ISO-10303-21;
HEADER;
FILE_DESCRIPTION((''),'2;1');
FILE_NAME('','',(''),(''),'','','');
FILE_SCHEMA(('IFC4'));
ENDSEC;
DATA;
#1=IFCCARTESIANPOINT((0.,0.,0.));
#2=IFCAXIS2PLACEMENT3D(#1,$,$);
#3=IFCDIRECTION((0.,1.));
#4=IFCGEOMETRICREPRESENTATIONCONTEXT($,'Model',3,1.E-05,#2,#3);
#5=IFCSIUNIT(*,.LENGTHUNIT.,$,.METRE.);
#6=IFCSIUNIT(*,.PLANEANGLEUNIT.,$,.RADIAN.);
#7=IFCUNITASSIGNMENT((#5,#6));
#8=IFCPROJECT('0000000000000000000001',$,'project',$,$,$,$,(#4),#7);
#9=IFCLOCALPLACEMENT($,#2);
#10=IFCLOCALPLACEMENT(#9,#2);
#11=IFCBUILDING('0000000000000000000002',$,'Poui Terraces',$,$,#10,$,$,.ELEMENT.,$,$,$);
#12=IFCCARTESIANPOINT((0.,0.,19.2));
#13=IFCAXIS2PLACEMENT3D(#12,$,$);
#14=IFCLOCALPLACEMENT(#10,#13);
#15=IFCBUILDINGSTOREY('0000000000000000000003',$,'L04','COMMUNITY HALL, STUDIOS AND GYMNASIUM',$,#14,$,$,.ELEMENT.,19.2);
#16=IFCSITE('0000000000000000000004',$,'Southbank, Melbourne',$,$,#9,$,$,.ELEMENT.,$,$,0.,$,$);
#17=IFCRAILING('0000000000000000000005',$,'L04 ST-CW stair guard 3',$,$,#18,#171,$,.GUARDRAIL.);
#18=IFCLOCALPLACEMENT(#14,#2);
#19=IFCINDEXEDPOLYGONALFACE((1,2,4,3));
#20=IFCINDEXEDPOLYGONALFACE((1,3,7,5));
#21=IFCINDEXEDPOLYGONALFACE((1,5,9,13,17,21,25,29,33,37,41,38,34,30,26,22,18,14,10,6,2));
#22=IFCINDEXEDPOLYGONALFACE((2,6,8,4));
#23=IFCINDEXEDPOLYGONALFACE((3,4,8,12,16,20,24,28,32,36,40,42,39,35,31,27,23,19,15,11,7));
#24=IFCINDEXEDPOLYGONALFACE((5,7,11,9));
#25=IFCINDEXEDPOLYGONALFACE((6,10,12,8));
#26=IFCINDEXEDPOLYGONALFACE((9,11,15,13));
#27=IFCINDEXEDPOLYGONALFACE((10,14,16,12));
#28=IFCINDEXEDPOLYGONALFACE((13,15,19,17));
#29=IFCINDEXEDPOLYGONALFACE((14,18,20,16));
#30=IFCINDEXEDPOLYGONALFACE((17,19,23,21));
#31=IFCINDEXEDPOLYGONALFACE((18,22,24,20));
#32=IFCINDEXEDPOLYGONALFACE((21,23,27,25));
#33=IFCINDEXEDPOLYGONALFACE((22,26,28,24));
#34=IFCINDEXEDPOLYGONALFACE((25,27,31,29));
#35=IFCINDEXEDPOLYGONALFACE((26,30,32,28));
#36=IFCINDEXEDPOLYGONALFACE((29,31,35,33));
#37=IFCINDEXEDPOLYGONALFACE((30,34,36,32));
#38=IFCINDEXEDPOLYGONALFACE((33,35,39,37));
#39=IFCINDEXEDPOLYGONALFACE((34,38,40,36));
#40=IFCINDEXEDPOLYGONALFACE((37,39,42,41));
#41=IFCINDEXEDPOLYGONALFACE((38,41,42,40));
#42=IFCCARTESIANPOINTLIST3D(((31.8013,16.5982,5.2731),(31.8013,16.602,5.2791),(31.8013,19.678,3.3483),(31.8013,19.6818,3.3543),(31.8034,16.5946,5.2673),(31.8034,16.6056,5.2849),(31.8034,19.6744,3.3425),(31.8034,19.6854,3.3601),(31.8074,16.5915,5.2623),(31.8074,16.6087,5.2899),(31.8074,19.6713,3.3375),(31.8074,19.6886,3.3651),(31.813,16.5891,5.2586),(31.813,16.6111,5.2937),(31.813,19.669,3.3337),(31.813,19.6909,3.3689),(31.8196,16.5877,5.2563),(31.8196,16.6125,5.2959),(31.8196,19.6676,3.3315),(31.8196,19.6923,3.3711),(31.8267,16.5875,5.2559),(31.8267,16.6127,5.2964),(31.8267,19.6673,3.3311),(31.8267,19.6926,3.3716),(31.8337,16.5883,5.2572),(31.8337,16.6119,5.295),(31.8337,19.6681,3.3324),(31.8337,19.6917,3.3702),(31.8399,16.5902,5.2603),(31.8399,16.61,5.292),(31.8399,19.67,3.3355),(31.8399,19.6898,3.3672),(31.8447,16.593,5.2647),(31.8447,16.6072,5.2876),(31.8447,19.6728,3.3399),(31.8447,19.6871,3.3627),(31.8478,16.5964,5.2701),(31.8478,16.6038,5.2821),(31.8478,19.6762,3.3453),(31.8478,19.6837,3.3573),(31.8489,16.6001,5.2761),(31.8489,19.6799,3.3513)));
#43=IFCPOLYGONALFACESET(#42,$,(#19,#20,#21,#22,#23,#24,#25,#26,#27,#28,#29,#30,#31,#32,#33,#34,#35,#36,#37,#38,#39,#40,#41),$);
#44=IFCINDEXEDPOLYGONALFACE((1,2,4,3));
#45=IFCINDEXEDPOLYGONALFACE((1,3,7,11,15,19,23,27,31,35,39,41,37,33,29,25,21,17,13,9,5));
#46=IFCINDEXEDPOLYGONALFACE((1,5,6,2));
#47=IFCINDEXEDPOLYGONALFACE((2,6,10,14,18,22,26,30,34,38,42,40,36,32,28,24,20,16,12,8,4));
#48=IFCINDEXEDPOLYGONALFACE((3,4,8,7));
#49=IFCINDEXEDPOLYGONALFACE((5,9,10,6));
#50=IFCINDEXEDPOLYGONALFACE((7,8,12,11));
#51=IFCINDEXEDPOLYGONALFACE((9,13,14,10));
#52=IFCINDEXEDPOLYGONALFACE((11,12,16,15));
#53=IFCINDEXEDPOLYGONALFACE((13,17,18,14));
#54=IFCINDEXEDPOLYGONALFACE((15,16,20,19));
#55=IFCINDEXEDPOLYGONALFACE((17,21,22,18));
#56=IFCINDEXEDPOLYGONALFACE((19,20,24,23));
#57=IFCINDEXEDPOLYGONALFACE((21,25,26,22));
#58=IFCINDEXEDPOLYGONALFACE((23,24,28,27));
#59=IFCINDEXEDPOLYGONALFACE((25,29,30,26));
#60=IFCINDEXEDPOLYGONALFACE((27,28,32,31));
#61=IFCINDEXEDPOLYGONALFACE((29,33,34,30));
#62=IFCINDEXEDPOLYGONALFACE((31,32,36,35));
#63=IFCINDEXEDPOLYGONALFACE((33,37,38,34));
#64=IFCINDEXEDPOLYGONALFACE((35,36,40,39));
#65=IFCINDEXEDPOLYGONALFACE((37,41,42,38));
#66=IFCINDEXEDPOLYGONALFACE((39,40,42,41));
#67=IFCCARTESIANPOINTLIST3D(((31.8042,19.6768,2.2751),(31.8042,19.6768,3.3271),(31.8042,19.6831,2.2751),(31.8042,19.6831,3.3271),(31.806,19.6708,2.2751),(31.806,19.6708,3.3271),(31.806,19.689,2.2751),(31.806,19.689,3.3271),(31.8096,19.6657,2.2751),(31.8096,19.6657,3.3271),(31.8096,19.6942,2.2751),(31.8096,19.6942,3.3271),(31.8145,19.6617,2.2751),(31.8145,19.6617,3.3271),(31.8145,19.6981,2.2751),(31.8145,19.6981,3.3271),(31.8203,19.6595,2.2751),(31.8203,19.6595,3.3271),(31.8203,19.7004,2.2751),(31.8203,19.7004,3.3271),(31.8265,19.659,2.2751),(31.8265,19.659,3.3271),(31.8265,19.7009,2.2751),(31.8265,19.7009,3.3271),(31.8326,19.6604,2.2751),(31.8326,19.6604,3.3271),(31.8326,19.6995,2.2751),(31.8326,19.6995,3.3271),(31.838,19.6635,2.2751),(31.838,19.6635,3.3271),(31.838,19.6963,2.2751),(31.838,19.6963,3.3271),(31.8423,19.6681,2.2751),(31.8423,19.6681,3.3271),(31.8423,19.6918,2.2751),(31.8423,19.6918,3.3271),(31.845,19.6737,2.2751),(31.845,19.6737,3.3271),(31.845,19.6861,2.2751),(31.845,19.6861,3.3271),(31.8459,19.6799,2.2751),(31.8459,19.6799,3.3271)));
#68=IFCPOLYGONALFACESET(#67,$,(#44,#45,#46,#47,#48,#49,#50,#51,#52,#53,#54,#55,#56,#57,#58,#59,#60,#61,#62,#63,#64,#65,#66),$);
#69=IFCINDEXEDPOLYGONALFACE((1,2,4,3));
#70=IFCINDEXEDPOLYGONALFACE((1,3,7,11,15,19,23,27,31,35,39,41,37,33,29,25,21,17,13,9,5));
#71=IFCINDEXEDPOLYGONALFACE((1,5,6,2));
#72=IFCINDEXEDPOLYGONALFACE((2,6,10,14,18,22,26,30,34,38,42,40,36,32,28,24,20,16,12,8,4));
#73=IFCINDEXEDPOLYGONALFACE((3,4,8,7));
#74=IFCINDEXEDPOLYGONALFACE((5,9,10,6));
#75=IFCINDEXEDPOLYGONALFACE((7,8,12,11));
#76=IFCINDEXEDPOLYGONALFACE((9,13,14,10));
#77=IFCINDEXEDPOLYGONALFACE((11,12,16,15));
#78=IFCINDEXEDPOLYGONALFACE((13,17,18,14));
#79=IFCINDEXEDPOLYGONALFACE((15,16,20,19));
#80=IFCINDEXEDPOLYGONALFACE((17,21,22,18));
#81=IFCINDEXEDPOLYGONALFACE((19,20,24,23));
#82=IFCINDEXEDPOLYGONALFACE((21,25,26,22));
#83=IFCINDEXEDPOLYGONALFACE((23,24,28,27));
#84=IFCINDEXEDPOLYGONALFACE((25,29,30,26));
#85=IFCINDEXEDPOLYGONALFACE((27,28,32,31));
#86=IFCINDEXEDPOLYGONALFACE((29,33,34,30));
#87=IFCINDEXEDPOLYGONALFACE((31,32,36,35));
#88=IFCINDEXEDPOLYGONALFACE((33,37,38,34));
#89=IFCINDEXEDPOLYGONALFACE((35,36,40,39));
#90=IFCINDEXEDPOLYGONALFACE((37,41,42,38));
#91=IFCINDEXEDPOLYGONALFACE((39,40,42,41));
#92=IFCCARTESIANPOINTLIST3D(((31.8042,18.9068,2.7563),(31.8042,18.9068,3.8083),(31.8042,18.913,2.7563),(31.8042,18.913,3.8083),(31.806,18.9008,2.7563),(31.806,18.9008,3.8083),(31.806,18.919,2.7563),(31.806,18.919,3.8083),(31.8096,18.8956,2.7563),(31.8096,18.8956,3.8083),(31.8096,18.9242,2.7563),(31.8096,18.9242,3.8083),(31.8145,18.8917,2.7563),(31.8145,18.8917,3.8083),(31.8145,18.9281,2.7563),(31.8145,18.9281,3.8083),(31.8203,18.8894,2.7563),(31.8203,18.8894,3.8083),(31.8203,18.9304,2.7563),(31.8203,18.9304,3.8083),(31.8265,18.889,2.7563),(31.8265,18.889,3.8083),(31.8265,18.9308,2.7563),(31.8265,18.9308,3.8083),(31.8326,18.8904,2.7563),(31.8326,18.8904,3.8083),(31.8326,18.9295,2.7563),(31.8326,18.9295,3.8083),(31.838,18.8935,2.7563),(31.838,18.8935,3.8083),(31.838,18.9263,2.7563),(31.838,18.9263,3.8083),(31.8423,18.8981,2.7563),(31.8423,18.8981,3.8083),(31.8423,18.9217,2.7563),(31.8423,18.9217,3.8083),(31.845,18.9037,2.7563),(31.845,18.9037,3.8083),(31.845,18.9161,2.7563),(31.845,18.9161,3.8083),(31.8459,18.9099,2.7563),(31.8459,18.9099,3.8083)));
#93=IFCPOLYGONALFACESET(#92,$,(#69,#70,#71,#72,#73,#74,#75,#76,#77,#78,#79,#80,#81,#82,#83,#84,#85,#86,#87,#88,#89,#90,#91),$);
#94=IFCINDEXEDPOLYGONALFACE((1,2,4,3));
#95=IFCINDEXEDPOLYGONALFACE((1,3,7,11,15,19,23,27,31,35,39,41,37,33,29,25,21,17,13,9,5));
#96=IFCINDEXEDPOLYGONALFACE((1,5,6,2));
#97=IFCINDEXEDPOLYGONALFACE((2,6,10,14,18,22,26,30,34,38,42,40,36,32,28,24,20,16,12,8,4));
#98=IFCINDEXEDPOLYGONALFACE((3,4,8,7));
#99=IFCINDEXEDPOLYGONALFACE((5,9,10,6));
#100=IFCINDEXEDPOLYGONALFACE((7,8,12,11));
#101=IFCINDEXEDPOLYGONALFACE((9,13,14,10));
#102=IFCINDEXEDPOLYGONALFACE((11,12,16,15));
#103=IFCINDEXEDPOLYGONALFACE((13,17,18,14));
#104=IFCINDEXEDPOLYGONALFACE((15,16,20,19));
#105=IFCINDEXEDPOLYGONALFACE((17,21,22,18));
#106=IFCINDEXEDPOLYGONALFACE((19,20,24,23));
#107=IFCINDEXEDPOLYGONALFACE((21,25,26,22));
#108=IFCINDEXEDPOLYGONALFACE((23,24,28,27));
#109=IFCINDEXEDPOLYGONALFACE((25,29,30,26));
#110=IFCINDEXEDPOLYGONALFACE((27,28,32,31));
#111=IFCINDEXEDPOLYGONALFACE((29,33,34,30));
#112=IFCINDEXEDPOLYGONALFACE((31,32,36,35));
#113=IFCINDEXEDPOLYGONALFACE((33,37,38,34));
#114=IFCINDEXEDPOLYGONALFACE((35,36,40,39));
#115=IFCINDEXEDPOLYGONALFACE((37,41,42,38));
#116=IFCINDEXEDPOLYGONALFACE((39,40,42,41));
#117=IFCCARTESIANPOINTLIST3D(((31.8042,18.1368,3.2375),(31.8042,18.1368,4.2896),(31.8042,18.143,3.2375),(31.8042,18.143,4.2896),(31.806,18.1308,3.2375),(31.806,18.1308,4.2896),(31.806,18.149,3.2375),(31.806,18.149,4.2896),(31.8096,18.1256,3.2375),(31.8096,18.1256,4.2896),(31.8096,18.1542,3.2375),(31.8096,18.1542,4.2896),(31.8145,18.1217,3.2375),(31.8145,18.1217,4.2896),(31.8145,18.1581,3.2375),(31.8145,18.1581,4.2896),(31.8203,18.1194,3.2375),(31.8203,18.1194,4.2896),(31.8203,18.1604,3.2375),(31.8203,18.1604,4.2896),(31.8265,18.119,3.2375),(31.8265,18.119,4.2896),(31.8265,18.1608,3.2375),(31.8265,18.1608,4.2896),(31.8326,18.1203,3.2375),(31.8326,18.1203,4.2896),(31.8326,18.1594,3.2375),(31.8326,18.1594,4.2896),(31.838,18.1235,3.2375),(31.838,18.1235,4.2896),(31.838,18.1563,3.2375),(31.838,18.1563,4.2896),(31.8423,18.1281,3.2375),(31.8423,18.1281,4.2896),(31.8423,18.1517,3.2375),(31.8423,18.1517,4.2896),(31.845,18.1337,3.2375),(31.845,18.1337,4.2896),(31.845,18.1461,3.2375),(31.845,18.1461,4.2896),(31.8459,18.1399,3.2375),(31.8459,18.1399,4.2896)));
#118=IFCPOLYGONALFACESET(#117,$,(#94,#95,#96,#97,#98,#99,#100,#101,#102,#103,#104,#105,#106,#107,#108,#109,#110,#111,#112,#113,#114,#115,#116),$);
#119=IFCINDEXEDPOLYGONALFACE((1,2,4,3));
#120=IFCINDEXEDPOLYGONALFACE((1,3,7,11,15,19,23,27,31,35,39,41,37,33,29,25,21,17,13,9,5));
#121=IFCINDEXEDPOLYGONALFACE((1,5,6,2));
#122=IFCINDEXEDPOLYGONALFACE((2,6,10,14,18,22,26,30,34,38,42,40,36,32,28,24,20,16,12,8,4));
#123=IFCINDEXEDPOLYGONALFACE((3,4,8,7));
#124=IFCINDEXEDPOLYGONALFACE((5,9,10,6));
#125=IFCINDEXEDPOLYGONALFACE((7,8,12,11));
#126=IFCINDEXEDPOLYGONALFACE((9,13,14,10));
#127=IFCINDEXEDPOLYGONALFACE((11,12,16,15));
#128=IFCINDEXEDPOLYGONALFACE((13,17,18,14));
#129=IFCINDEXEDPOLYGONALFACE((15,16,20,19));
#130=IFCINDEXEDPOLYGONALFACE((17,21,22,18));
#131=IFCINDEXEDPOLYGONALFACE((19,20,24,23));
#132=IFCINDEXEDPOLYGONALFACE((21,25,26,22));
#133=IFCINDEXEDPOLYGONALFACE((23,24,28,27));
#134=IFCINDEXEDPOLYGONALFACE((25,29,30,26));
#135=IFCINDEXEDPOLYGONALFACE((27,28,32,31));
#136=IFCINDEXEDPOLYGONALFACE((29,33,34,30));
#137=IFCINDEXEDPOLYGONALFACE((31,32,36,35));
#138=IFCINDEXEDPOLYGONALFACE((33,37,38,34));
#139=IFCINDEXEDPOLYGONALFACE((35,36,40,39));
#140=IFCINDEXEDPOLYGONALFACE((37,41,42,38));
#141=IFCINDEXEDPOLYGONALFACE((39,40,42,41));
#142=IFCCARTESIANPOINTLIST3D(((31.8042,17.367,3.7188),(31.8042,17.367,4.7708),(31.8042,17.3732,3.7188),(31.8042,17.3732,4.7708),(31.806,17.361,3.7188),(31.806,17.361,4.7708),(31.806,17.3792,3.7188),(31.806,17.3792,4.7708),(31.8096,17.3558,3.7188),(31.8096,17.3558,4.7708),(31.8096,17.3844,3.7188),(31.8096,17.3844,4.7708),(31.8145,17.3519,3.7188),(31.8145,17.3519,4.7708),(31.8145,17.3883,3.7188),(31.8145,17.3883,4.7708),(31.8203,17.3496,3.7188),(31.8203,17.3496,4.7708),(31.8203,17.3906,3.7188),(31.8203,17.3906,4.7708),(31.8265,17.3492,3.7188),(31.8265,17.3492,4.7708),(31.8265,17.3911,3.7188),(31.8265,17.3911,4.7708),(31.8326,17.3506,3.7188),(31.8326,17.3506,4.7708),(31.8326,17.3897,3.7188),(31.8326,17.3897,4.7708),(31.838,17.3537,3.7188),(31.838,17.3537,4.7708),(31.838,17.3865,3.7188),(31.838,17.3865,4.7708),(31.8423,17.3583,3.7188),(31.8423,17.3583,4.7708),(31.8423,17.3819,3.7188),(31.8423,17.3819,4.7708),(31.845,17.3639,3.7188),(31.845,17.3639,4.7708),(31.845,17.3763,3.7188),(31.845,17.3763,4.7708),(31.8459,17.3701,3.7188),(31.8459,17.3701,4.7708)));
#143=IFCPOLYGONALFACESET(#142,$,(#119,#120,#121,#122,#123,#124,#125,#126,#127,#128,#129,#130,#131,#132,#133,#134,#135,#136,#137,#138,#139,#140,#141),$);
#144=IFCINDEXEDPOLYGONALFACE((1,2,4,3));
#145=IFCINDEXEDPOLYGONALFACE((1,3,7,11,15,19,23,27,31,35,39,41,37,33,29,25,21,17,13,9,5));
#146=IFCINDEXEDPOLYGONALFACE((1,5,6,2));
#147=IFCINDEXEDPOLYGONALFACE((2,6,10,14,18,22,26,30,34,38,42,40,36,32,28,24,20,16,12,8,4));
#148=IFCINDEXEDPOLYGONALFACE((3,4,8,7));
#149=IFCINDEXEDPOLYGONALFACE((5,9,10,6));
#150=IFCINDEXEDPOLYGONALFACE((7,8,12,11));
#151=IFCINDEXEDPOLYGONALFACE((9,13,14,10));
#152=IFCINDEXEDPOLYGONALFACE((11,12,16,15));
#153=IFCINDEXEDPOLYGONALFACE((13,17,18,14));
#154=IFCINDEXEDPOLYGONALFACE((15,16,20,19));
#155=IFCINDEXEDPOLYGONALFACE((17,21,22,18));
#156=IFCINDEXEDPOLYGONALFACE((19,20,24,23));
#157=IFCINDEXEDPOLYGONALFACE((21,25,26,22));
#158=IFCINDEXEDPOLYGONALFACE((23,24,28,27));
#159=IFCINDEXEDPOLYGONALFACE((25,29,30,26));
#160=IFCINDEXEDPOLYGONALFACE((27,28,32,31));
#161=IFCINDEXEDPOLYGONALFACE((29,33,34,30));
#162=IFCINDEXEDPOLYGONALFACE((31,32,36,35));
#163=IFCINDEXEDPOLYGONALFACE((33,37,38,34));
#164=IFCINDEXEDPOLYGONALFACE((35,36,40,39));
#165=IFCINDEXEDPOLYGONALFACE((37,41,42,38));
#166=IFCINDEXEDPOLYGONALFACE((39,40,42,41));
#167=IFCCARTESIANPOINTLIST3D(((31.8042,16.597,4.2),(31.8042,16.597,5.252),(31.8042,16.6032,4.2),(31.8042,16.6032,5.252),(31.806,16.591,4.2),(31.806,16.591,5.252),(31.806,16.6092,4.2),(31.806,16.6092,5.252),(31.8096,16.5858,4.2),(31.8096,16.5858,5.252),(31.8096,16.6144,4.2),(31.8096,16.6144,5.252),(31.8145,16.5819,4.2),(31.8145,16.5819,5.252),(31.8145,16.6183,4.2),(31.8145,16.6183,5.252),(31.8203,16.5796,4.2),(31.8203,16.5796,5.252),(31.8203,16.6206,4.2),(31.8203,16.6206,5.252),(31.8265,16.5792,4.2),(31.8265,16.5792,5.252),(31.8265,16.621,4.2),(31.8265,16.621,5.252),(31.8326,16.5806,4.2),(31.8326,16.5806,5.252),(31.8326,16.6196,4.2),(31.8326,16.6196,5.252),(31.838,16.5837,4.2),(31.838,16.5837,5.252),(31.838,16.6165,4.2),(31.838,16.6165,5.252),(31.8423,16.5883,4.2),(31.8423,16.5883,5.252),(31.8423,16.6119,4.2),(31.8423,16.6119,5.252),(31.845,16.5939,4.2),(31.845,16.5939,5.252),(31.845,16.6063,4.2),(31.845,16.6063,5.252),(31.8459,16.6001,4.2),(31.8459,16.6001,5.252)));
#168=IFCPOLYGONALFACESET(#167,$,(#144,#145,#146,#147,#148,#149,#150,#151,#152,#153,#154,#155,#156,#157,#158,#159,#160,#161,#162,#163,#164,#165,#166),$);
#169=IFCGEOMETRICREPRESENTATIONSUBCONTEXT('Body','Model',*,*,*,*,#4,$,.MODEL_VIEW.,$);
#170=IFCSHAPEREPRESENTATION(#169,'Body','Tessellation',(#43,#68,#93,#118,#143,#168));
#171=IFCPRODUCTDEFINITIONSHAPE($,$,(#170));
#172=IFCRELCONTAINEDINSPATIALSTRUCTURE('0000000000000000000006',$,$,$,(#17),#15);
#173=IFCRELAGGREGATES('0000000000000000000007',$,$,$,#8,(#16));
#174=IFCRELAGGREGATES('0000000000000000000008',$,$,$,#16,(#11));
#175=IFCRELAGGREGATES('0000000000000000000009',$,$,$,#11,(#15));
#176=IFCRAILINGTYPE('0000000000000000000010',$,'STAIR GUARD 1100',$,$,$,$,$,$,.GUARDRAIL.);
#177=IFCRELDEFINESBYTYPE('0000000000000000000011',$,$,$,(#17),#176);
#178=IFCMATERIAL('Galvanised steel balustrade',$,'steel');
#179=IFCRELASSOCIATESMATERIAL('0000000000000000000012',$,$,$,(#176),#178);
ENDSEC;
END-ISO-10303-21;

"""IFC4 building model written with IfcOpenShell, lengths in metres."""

from ifc_helpers import new_model, si_unit, direction, frame, origin, origin_2d, place, context, subcontext, project, spatial, circle, extrude, material, type_object, element, save


model = new_model("IFC4")

# Units and contexts
model_context = context("Model", 3, precision=1e-05, world=origin(), true_north=direction((0.0, 1.0)))
body_context = subcontext(model_context, "Body", "Model", "MODEL_VIEW")
ifc_project = project(units=[si_unit("LENGTHUNIT", "METRE"), si_unit("PLANEANGLEUNIT", "RADIAN")], contexts=[model_context])

# Site, building, storey
site_placement = place(None, origin())
site = spatial("IfcSite", under=ifc_project, at=site_placement, Name="Southbank, Melbourne", CompositionType="ELEMENT", RefElevation=0.0)
building_placement = place(site_placement, origin())
building = spatial("IfcBuilding", under=site, at=building_placement, Name="Poui Terraces", CompositionType="ELEMENT")
storey_placement = place(building_placement, frame((0.0, 0.0, 19.2)))
storey = spatial("IfcBuildingStorey", under=building, at=storey_placement, Name="L04", Description="COMMUNITY HALL, STUDIOS AND GYMNASIUM", CompositionType="ELEMENT", Elevation=19.2)

# Railing
ifc_material_1 = material(Name="Galvanised steel balustrade", Category="steel")
railing_type_1 = type_object("IfcRailingType", Name="STAIR GUARD 1100", PredefinedType="GUARDRAIL", material=ifc_material_1)
railing_1_placement = place(storey_placement, frame((31.825, 19.6799, 2.2751)))
element("IfcRailing", 1, at=railing_1_placement, inside=storey, type_object=railing_type_1, Name="L04 ST-CW stair guard 3", PredefinedType="GUARDRAIL", context=body_context, shape_type="SweptSolid", body=[
    extrude(circle(Radius=0.0239, at=origin_2d()), frame((0.0, 0.0, 1.0762), z_axis=(0.0, -0.84801, 0.529981), x_axis=(1.0, 0.0, 0.0)), (0.0, 0.0, 1.0), 3.6318),
    extrude(circle(Radius=0.021, at=origin_2d()), origin(), (0.0, 0.0, 1.0), 1.052),
    extrude(circle(Radius=0.021, at=origin_2d()), frame((0.0, -0.77, 0.4812)), (0.0, 0.0, 1.0), 1.052),
    extrude(circle(Radius=0.021, at=origin_2d()), frame((0.0, -1.54, 0.9624)), (0.0, 0.0, 1.0), 1.052),
    extrude(circle(Radius=0.021, at=origin_2d()), frame((0.0, -2.3098, 1.4436)), (0.0, 0.0, 1.0), 1.052),
    extrude(circle(Radius=0.021, at=origin_2d()), frame((0.0, -3.0798, 1.9248)), (0.0, 0.0, 1.0), 1.052),
])

save(model, "model.ifc")
